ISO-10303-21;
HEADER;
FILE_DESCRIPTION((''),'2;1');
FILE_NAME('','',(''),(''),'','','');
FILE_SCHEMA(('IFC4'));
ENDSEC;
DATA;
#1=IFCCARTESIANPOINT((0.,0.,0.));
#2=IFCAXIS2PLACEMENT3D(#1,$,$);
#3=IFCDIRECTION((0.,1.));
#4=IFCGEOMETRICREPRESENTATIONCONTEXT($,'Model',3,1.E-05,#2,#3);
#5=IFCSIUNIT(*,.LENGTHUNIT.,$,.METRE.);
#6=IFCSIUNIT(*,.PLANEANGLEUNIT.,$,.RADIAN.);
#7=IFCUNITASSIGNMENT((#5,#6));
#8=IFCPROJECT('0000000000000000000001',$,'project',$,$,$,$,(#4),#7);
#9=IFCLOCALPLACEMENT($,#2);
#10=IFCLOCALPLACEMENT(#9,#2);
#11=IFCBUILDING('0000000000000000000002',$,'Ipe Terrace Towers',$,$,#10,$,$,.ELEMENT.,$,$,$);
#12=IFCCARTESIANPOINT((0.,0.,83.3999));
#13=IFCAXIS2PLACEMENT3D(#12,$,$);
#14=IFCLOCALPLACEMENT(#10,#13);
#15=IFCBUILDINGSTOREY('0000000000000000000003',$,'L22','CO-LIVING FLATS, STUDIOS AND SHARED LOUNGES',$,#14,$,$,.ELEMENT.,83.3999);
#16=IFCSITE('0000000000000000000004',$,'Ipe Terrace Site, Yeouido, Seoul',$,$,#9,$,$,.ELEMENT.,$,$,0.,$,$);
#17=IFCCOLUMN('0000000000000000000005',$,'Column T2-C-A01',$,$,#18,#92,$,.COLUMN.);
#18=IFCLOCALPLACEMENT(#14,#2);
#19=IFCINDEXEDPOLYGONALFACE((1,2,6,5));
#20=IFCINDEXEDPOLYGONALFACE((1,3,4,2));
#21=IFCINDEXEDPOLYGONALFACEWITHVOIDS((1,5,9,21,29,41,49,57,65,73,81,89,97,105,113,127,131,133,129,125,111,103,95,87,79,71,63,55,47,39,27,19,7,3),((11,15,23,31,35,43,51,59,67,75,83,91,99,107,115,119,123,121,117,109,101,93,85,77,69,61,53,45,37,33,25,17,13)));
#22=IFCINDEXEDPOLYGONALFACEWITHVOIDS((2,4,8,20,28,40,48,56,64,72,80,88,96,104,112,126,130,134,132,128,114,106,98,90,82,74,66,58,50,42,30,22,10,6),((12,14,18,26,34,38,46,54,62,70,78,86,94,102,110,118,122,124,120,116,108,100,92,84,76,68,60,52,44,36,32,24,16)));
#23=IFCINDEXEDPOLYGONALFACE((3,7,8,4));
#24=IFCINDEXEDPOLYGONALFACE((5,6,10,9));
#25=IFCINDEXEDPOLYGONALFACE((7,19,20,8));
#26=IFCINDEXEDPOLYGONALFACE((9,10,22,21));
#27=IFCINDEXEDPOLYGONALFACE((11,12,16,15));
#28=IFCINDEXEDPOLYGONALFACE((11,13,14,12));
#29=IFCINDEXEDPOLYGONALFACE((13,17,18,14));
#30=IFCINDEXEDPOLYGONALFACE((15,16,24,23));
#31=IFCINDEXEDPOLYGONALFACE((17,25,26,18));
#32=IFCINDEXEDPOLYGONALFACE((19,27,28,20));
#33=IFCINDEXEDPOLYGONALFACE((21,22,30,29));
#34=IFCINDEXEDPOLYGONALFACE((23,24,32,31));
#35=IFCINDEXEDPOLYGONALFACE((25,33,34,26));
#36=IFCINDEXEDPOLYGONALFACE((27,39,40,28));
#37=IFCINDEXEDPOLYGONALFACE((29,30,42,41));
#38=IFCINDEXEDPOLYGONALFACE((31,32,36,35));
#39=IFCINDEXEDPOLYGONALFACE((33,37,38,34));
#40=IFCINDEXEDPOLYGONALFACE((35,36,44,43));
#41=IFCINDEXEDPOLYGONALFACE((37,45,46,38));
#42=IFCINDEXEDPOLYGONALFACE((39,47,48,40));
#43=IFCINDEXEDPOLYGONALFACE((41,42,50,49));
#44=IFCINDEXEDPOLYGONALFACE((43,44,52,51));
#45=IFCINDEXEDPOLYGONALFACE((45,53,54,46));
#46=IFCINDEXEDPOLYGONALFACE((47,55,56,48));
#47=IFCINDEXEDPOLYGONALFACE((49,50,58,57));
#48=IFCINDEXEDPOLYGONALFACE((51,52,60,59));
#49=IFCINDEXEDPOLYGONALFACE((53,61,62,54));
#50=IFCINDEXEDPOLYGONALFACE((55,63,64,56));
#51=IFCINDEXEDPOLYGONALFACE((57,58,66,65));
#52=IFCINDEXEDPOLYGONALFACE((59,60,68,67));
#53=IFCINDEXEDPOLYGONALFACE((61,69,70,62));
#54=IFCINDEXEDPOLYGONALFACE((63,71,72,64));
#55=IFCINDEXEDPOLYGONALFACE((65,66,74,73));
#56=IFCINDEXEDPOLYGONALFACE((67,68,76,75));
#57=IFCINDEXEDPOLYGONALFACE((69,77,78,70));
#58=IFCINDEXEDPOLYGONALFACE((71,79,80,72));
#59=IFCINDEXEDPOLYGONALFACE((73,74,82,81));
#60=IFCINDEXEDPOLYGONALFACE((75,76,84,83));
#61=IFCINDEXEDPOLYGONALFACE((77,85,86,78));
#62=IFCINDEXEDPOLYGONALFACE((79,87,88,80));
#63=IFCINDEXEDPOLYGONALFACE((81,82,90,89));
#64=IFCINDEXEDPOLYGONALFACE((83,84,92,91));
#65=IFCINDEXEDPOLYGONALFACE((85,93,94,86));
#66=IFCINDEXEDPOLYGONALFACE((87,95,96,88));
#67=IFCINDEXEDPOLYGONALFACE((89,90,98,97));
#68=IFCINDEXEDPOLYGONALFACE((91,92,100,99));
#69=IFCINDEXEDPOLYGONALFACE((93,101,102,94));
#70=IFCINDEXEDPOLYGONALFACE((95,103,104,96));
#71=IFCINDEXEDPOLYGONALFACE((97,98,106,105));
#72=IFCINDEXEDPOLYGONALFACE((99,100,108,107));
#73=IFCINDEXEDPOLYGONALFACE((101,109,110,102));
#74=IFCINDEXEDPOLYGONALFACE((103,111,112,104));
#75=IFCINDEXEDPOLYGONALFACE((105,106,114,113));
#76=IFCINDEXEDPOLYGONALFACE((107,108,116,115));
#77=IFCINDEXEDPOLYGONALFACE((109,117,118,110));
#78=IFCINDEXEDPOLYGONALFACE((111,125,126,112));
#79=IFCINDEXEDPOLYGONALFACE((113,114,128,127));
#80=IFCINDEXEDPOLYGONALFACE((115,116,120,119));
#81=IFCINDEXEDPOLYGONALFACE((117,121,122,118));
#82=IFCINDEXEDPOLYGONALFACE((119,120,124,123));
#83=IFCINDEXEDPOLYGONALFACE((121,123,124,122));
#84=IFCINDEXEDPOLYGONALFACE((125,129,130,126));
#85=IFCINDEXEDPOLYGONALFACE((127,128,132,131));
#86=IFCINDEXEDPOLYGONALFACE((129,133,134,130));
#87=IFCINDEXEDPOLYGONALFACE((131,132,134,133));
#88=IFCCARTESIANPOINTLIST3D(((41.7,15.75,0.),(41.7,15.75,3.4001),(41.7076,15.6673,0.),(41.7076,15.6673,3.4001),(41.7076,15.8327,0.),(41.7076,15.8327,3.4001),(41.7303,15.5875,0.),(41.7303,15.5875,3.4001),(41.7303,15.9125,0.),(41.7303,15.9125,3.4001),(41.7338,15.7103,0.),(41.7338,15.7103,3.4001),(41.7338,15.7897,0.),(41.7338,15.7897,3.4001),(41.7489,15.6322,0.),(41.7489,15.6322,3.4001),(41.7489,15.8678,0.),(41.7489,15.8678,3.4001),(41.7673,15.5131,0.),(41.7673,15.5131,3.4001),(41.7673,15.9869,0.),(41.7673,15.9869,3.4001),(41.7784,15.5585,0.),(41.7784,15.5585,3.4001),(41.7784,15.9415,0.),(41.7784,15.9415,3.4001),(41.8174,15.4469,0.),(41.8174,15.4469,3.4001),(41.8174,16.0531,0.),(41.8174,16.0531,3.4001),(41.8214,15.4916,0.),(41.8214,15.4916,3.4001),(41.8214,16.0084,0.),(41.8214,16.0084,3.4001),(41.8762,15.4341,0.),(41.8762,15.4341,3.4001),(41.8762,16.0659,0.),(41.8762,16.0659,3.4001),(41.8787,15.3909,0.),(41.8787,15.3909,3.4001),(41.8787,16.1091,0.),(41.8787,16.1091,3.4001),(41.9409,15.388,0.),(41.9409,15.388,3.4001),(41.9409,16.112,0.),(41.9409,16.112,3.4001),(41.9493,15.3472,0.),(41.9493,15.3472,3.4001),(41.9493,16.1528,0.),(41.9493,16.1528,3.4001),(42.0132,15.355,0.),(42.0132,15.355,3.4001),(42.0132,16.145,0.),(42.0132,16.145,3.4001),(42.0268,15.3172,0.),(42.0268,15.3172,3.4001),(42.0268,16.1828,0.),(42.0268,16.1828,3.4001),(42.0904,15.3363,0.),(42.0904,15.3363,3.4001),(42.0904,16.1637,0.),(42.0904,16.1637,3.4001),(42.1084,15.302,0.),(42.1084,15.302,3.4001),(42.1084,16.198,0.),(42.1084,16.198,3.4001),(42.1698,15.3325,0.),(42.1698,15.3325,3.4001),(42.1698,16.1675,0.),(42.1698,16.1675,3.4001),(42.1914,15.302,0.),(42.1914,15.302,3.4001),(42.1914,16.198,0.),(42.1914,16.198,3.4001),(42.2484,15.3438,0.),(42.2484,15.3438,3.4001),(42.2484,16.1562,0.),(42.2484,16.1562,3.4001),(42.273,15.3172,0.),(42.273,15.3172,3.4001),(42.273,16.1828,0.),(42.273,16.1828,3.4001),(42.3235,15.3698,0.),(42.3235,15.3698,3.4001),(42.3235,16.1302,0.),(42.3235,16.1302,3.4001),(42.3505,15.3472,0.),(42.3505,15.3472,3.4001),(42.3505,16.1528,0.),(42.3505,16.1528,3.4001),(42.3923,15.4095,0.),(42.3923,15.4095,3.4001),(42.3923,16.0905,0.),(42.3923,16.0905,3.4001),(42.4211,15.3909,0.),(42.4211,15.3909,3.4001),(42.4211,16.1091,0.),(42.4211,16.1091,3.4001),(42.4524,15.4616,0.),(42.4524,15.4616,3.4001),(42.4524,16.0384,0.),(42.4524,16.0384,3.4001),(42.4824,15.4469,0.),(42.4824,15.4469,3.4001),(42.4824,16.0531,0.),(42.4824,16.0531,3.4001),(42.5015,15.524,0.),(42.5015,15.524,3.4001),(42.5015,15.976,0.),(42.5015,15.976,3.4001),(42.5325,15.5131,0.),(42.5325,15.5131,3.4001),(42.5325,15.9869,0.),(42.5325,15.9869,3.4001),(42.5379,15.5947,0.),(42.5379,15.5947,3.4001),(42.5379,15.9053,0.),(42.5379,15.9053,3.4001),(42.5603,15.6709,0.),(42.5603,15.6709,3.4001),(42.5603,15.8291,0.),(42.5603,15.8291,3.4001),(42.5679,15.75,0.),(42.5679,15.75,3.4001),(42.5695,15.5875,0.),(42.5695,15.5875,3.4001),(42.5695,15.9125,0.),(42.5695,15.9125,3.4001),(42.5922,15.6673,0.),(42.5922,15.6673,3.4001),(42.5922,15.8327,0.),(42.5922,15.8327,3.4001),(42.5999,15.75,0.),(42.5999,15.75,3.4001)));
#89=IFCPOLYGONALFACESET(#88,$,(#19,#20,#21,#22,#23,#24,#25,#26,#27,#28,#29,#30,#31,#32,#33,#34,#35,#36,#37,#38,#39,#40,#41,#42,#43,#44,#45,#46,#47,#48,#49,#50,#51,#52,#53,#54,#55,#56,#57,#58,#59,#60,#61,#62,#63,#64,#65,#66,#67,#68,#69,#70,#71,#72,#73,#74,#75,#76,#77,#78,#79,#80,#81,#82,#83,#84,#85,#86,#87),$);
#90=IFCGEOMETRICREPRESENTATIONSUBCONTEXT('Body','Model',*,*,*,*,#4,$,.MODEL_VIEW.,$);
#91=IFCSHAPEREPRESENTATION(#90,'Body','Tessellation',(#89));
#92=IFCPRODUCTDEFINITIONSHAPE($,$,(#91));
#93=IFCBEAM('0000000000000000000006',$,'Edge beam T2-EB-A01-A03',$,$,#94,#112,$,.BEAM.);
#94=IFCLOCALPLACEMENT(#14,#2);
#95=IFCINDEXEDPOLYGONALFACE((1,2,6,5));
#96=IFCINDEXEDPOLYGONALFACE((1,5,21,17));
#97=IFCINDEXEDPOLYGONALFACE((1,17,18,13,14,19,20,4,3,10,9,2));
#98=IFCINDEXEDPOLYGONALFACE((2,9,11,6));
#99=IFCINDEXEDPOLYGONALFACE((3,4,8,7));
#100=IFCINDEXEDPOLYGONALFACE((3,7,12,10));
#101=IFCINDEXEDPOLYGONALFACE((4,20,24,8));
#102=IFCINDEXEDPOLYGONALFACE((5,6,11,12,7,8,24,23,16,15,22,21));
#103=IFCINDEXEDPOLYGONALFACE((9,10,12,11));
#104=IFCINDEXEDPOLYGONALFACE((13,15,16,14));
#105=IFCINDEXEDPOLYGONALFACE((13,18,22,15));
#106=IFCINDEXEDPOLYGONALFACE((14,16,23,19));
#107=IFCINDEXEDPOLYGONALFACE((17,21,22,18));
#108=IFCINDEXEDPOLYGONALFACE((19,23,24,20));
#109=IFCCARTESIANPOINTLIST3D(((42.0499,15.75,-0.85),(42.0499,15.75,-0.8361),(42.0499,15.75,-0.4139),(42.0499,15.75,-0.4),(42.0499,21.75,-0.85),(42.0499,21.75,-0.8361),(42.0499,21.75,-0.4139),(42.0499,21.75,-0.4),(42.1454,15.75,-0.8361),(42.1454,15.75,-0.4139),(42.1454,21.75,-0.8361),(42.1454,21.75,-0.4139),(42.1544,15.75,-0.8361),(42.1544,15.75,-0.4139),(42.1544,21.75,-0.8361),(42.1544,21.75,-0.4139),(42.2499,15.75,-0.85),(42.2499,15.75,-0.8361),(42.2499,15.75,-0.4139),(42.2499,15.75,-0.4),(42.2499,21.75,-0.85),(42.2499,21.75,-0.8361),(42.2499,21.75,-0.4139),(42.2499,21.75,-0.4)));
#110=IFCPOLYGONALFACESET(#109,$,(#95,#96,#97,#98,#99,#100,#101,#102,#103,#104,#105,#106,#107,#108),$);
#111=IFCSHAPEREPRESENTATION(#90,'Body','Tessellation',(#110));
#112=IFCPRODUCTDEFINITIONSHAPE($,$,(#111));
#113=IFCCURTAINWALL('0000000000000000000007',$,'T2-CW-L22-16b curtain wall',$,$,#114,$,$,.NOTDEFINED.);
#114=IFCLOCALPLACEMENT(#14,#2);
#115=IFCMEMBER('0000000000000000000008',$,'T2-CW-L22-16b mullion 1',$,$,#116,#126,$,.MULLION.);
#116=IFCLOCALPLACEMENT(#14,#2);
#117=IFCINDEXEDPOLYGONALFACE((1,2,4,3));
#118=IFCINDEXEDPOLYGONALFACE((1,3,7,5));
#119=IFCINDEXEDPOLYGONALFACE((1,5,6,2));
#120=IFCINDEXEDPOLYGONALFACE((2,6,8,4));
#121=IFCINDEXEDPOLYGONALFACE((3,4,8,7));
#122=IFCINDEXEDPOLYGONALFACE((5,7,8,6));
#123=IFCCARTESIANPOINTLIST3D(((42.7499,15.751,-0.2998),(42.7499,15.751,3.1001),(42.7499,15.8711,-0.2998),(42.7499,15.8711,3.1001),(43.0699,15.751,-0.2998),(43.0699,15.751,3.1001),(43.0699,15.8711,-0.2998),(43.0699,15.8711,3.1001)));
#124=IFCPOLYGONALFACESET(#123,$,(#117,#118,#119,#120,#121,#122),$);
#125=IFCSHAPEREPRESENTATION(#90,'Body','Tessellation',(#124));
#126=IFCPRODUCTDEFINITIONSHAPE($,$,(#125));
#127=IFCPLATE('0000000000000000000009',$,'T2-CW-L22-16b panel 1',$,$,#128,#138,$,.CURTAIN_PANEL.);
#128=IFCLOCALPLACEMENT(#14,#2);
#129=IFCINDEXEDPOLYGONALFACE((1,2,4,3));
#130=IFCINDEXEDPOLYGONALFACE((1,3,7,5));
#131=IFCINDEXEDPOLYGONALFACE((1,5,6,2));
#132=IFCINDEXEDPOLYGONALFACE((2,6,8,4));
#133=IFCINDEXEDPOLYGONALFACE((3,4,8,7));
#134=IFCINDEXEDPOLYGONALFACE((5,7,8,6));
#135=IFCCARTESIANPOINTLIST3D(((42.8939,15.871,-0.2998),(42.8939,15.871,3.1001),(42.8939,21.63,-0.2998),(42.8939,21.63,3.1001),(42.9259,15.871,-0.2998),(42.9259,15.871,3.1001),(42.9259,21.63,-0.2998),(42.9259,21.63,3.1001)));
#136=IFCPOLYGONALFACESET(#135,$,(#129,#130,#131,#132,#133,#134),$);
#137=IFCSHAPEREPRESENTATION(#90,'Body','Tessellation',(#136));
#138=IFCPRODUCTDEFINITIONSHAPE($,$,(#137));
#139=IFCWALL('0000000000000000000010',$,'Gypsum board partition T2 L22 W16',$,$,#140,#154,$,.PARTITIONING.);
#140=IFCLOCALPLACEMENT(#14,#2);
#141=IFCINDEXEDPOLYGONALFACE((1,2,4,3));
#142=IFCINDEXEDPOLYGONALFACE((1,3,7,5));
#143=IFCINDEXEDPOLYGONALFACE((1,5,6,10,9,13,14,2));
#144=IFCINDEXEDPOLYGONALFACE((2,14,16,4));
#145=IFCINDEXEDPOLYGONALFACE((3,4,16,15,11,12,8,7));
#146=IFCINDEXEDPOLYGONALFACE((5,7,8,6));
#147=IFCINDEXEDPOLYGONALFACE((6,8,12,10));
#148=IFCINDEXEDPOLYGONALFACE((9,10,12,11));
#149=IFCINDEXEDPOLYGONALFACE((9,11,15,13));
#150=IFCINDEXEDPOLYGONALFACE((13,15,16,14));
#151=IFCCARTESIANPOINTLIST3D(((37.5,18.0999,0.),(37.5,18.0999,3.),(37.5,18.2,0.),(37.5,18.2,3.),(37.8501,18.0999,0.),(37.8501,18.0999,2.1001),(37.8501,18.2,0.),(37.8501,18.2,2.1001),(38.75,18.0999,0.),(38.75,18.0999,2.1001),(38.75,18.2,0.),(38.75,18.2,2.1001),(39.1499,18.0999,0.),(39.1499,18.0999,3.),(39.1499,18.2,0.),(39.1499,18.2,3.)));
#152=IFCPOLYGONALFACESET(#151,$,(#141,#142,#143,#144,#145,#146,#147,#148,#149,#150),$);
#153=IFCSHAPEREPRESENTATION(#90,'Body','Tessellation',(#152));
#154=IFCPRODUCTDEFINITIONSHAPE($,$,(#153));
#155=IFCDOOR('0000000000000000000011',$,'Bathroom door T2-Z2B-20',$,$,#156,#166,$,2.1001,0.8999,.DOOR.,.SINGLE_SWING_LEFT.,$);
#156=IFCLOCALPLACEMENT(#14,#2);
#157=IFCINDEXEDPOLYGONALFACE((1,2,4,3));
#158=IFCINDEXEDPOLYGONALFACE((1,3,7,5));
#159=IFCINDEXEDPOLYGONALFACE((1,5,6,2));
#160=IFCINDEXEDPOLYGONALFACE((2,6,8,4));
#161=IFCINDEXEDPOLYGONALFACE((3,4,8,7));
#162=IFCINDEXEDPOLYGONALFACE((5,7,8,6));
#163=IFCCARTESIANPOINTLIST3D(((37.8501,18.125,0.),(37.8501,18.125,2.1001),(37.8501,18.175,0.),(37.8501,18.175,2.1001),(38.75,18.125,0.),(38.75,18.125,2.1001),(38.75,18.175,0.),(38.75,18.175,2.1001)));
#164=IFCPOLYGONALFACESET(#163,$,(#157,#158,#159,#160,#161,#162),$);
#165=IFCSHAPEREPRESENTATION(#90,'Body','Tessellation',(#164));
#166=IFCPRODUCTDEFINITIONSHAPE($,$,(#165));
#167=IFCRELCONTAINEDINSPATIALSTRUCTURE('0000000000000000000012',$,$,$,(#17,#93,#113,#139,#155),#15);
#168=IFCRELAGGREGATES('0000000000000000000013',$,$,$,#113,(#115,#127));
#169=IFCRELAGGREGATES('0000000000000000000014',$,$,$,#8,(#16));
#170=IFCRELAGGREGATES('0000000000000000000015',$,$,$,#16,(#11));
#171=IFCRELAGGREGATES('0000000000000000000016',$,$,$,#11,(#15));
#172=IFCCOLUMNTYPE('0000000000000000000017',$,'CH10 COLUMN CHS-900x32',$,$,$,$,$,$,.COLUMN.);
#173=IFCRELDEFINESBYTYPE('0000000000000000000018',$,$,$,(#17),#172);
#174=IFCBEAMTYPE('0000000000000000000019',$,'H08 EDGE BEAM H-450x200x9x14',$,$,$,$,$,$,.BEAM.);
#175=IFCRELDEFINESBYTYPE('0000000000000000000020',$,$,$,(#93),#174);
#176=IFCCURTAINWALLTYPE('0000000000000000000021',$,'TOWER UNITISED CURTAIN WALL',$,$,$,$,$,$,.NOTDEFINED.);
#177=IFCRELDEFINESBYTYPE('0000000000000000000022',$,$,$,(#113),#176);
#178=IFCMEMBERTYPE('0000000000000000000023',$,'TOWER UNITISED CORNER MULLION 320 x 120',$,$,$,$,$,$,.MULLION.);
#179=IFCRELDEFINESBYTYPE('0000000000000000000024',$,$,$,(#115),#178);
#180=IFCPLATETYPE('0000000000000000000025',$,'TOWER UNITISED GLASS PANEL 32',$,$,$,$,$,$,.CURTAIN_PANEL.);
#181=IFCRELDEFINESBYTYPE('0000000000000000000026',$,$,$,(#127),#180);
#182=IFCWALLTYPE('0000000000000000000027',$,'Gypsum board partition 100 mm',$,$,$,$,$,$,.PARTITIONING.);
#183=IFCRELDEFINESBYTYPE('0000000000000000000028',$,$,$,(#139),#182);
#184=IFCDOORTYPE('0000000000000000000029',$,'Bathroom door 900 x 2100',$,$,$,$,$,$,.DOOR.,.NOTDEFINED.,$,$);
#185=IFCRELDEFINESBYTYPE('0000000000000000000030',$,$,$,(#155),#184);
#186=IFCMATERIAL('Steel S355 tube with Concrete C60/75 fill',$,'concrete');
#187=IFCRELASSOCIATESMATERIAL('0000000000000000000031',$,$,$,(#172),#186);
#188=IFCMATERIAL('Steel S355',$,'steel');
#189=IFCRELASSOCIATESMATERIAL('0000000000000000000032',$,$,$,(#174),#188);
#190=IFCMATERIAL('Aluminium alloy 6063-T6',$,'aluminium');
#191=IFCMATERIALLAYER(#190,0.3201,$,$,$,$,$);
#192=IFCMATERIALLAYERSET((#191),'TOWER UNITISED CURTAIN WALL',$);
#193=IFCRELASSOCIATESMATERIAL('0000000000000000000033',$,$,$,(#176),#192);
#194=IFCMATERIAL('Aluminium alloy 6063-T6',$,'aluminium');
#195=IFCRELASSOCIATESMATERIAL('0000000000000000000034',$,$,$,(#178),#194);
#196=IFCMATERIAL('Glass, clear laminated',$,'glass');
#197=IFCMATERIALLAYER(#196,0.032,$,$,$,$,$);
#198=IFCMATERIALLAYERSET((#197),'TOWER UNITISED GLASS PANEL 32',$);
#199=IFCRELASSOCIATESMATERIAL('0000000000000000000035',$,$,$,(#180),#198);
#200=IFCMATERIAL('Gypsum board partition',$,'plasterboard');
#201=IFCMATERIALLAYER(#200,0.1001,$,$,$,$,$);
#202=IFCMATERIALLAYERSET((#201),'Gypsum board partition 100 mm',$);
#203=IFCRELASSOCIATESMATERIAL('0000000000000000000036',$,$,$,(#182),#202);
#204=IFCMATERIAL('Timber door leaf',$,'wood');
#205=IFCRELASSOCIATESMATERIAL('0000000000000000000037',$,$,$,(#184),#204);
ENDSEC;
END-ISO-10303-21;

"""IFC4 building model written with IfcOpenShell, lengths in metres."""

from ifc_helpers import new_model, si_unit, direction, frame, frame_2d, origin, origin_2d, place, context, subcontext, project, spatial, rectangle, hollow_circle, i_section, extrude, material, layer, layer_set, material_profile, profile_set, type_object, element, fill, aggregate, save


model = new_model("IFC4")

# Units and contexts
model_context = context("Model", 3, precision=1e-05, world=origin(), true_north=direction((0.0, 1.0)))
body_context = subcontext(model_context, "Body", "Model", "MODEL_VIEW")
ifc_project = project(units=[si_unit("LENGTHUNIT", "METRE"), si_unit("PLANEANGLEUNIT", "RADIAN")], contexts=[model_context])

# Site, building, storey
site_placement = place(None, origin())
site = spatial("IfcSite", under=ifc_project, at=site_placement, Name="Ipe Terrace Site, Yeouido, Seoul", CompositionType="ELEMENT", RefElevation=0.0)
building_placement = place(site_placement, origin())
building = spatial("IfcBuilding", under=site, at=building_placement, Name="Ipe Terrace Towers", CompositionType="ELEMENT")
storey_placement = place(building_placement, frame((0.0, 0.0, 83.3999)))
storey = spatial("IfcBuildingStorey", under=building, at=storey_placement, Name="L22", Description="CO-LIVING FLATS, STUDIOS AND SHARED LOUNGES", CompositionType="ELEMENT", Elevation=83.3999)

# Column
ifc_material_1 = material(Name="Steel S355 tube with Concrete C60/75 fill", Category="concrete")
ifc_material_profile_1 = material_profile(ifc_material_1, hollow_circle(Radius=0.45, WallThickness=0.032, at=origin_2d()), Name="CHS-900x32")
ifc_profile_set_1 = profile_set([ifc_material_profile_1], Name="Steel S355 tube with Concrete C60/75 fill")
column_type = type_object("IfcColumnType", Name="CH10 COLUMN CHS-900x32", PredefinedType="COLUMN", material=ifc_profile_set_1)
column_placement = place(storey_placement, frame((42.1499, 15.75, 0.0), z_axis=(0.0, 0.0, 1.0), x_axis=(1.0, 0.0, 0.0)))
element("IfcColumn", 1, at=column_placement, inside=storey, type_object=column_type, Name="Column T2-C-A01", PredefinedType="COLUMN", context=body_context, shape_type="SweptSolid", body=[
    extrude(hollow_circle(Radius=0.45, WallThickness=0.032, at=origin_2d()), origin(), (0.0, 0.0, 1.0), 3.4001),
])

# Beam
ifc_material_2 = material(Name="Steel S355", Category="steel")
ifc_material_profile_2 = material_profile(ifc_material_2, i_section(OverallWidth=0.2, OverallDepth=0.45, WebThickness=0.009, FlangeThickness=0.0139, at=origin_2d()), Name="H-450x200x9x14")
ifc_profile_set_2 = profile_set([ifc_material_profile_2], Name="Steel S355")
beam_type = type_object("IfcBeamType", Name="H08 EDGE BEAM H-450x200x9x14", PredefinedType="BEAM", material=ifc_profile_set_2)
beam_placement = place(storey_placement, frame((42.1499, 15.75, -0.625), z_axis=(0.0, 1.0, 0.0), x_axis=(-1.0, 0.0, 0.0)))
element("IfcBeam", 2, at=beam_placement, inside=storey, type_object=beam_type, Name="Edge beam T2-EB-A01-A03", PredefinedType="BEAM", context=body_context, shape_type="SweptSolid", body=[
    extrude(i_section(OverallWidth=0.2, OverallDepth=0.45, WebThickness=0.009, FlangeThickness=0.0139, at=origin_2d()), origin(), (0.0, 0.0, 1.0), 6.0),
])

# Curtain wall, member, plate
ifc_material_3 = material(Name="Aluminium alloy 6063-T6", Category="aluminium")
ifc_layer_1 = layer(ifc_material_3, 0.3201)
ifc_layer_set_1 = layer_set([ifc_layer_1], Name="TOWER UNITISED CURTAIN WALL")
curtain_wall_type = type_object("IfcCurtainWallType", Name="TOWER UNITISED CURTAIN WALL", PredefinedType="NOTDEFINED", material=ifc_layer_set_1)
curtain_wall_placement = place(storey_placement, origin())
curtain_wall = element("IfcCurtainWall", 3, at=curtain_wall_placement, inside=storey, type_object=curtain_wall_type, Name="T2-CW-L22-16b curtain wall", PredefinedType="NOTDEFINED")
ifc_material_4 = material(Name="Aluminium alloy 6063-T6", Category="aluminium")
ifc_material_profile_3 = material_profile(ifc_material_4, rectangle(XDim=0.3201, YDim=0.1201, at=origin_2d()), Name="TOWER UNITISED CORNER MULLION 320 x 120")
ifc_profile_set_3 = profile_set([ifc_material_profile_3], Name="Aluminium alloy 6063-T6")
member_type = type_object("IfcMemberType", Name="TOWER UNITISED CORNER MULLION 320 x 120", PredefinedType="MULLION", material=ifc_profile_set_3)
member_placement = place(storey_placement, frame((42.9099, 15.811, -0.2998), z_axis=(0.0, 0.0, 1.0), x_axis=(1.0, 0.0, 0.0)))
member = element("IfcMember", 4, at=member_placement, type_object=member_type, Name="T2-CW-L22-16b mullion 1", PredefinedType="MULLION", context=body_context, shape_type="SweptSolid", body=[
    extrude(rectangle(XDim=0.3201, YDim=0.1201, at=origin_2d()), origin(), (0.0, 0.0, 1.0), 3.3999),
])
ifc_material_5 = material(Name="Glass, clear laminated", Category="glass")
ifc_layer_2 = layer(ifc_material_5, 0.032)
ifc_layer_set_2 = layer_set([ifc_layer_2], Name="TOWER UNITISED GLASS PANEL 32")
plate_type = type_object("IfcPlateType", Name="TOWER UNITISED GLASS PANEL 32", PredefinedType="CURTAIN_PANEL", material=ifc_layer_set_2)
plate_placement = place(storey_placement, frame((42.9099, 18.7505, -0.2998), z_axis=(0.0, 0.0, 1.0), x_axis=(0.0, 1.0, 0.0)))
plate = element("IfcPlate", 5, at=plate_placement, type_object=plate_type, Name="T2-CW-L22-16b panel 1", PredefinedType="CURTAIN_PANEL", context=body_context, shape_type="SweptSolid", body=[
    extrude(rectangle(XDim=5.759, YDim=0.032, at=origin_2d()), origin(), (0.0, 0.0, 1.0), 3.3999),
])
aggregate(curtain_wall, [member, plate])

# Wall, opening, door
ifc_material_6 = material(Name="Gypsum board partition", Category="plasterboard")
ifc_layer_3 = layer(ifc_material_6, 0.1001)
ifc_layer_set_3 = layer_set([ifc_layer_3], Name="Gypsum board partition 100 mm")
wall_type_1 = type_object("IfcWallType", Name="Gypsum board partition 100 mm", PredefinedType="PARTITIONING", material=ifc_layer_set_3)
wall_1_placement = place(storey_placement, frame((39.1499, 18.1499, 0.0), z_axis=(0.0, 0.0, 1.0), x_axis=(-1.0, 0.0, 0.0)))
wall_1 = element("IfcWall", 6, at=wall_1_placement, inside=storey, type_object=wall_type_1, Name="Gypsum board partition T2 L22 W16", PredefinedType="PARTITIONING", context=body_context, shape_type="SweptSolid", body=[
    extrude(rectangle(XDim=1.6499, YDim=0.1001, at=frame_2d((0.825, 0.0))), origin(), (0.0, 0.0, 1.0), 3.0),
])
opening_1_placement = place(wall_1_placement, frame((0.3999, 0.0, 0.0)))
opening_1 = element("IfcOpeningElement", 7, at=opening_1_placement, cuts=wall_1, PredefinedType="OPENING", context=body_context, shape_type="SweptSolid", body=[
    extrude(rectangle(XDim=0.8999, YDim=2.1001, at=frame_2d((0.45, 1.05))), frame((0.0, 0.0601, 0.0), z_axis=(0.0, -1.0, 0.0), x_axis=(1.0, 0.0, 0.0)), (0.0, 0.0, 1.0), 0.1201),
])
ifc_material_7 = material(Name="Timber door leaf", Category="wood")
door_type_1 = type_object("IfcDoorType", Name="Bathroom door 900 x 2100", OperationType="NOTDEFINED", PredefinedType="DOOR", material=ifc_material_7)
door_1_placement = place(opening_1_placement, origin())
door_1 = element("IfcDoor", 8, at=door_1_placement, inside=storey, type_object=door_type_1, Name="Bathroom door T2-Z2B-20", OperationType="SINGLE_SWING_LEFT", OverallHeight=2.1001, OverallWidth=0.8999, PredefinedType="DOOR", context=body_context, shape_type="SweptSolid", body=[
    extrude(rectangle(XDim=0.8999, YDim=2.1001, at=frame_2d((0.45, 1.05))), frame((0.0, 0.0249, 0.0), z_axis=(0.0, -1.0, 0.0), x_axis=(1.0, 0.0, 0.0)), (0.0, 0.0, 1.0), 0.05),
])
fill(opening_1, door_1)

save(model, "model.ifc")
